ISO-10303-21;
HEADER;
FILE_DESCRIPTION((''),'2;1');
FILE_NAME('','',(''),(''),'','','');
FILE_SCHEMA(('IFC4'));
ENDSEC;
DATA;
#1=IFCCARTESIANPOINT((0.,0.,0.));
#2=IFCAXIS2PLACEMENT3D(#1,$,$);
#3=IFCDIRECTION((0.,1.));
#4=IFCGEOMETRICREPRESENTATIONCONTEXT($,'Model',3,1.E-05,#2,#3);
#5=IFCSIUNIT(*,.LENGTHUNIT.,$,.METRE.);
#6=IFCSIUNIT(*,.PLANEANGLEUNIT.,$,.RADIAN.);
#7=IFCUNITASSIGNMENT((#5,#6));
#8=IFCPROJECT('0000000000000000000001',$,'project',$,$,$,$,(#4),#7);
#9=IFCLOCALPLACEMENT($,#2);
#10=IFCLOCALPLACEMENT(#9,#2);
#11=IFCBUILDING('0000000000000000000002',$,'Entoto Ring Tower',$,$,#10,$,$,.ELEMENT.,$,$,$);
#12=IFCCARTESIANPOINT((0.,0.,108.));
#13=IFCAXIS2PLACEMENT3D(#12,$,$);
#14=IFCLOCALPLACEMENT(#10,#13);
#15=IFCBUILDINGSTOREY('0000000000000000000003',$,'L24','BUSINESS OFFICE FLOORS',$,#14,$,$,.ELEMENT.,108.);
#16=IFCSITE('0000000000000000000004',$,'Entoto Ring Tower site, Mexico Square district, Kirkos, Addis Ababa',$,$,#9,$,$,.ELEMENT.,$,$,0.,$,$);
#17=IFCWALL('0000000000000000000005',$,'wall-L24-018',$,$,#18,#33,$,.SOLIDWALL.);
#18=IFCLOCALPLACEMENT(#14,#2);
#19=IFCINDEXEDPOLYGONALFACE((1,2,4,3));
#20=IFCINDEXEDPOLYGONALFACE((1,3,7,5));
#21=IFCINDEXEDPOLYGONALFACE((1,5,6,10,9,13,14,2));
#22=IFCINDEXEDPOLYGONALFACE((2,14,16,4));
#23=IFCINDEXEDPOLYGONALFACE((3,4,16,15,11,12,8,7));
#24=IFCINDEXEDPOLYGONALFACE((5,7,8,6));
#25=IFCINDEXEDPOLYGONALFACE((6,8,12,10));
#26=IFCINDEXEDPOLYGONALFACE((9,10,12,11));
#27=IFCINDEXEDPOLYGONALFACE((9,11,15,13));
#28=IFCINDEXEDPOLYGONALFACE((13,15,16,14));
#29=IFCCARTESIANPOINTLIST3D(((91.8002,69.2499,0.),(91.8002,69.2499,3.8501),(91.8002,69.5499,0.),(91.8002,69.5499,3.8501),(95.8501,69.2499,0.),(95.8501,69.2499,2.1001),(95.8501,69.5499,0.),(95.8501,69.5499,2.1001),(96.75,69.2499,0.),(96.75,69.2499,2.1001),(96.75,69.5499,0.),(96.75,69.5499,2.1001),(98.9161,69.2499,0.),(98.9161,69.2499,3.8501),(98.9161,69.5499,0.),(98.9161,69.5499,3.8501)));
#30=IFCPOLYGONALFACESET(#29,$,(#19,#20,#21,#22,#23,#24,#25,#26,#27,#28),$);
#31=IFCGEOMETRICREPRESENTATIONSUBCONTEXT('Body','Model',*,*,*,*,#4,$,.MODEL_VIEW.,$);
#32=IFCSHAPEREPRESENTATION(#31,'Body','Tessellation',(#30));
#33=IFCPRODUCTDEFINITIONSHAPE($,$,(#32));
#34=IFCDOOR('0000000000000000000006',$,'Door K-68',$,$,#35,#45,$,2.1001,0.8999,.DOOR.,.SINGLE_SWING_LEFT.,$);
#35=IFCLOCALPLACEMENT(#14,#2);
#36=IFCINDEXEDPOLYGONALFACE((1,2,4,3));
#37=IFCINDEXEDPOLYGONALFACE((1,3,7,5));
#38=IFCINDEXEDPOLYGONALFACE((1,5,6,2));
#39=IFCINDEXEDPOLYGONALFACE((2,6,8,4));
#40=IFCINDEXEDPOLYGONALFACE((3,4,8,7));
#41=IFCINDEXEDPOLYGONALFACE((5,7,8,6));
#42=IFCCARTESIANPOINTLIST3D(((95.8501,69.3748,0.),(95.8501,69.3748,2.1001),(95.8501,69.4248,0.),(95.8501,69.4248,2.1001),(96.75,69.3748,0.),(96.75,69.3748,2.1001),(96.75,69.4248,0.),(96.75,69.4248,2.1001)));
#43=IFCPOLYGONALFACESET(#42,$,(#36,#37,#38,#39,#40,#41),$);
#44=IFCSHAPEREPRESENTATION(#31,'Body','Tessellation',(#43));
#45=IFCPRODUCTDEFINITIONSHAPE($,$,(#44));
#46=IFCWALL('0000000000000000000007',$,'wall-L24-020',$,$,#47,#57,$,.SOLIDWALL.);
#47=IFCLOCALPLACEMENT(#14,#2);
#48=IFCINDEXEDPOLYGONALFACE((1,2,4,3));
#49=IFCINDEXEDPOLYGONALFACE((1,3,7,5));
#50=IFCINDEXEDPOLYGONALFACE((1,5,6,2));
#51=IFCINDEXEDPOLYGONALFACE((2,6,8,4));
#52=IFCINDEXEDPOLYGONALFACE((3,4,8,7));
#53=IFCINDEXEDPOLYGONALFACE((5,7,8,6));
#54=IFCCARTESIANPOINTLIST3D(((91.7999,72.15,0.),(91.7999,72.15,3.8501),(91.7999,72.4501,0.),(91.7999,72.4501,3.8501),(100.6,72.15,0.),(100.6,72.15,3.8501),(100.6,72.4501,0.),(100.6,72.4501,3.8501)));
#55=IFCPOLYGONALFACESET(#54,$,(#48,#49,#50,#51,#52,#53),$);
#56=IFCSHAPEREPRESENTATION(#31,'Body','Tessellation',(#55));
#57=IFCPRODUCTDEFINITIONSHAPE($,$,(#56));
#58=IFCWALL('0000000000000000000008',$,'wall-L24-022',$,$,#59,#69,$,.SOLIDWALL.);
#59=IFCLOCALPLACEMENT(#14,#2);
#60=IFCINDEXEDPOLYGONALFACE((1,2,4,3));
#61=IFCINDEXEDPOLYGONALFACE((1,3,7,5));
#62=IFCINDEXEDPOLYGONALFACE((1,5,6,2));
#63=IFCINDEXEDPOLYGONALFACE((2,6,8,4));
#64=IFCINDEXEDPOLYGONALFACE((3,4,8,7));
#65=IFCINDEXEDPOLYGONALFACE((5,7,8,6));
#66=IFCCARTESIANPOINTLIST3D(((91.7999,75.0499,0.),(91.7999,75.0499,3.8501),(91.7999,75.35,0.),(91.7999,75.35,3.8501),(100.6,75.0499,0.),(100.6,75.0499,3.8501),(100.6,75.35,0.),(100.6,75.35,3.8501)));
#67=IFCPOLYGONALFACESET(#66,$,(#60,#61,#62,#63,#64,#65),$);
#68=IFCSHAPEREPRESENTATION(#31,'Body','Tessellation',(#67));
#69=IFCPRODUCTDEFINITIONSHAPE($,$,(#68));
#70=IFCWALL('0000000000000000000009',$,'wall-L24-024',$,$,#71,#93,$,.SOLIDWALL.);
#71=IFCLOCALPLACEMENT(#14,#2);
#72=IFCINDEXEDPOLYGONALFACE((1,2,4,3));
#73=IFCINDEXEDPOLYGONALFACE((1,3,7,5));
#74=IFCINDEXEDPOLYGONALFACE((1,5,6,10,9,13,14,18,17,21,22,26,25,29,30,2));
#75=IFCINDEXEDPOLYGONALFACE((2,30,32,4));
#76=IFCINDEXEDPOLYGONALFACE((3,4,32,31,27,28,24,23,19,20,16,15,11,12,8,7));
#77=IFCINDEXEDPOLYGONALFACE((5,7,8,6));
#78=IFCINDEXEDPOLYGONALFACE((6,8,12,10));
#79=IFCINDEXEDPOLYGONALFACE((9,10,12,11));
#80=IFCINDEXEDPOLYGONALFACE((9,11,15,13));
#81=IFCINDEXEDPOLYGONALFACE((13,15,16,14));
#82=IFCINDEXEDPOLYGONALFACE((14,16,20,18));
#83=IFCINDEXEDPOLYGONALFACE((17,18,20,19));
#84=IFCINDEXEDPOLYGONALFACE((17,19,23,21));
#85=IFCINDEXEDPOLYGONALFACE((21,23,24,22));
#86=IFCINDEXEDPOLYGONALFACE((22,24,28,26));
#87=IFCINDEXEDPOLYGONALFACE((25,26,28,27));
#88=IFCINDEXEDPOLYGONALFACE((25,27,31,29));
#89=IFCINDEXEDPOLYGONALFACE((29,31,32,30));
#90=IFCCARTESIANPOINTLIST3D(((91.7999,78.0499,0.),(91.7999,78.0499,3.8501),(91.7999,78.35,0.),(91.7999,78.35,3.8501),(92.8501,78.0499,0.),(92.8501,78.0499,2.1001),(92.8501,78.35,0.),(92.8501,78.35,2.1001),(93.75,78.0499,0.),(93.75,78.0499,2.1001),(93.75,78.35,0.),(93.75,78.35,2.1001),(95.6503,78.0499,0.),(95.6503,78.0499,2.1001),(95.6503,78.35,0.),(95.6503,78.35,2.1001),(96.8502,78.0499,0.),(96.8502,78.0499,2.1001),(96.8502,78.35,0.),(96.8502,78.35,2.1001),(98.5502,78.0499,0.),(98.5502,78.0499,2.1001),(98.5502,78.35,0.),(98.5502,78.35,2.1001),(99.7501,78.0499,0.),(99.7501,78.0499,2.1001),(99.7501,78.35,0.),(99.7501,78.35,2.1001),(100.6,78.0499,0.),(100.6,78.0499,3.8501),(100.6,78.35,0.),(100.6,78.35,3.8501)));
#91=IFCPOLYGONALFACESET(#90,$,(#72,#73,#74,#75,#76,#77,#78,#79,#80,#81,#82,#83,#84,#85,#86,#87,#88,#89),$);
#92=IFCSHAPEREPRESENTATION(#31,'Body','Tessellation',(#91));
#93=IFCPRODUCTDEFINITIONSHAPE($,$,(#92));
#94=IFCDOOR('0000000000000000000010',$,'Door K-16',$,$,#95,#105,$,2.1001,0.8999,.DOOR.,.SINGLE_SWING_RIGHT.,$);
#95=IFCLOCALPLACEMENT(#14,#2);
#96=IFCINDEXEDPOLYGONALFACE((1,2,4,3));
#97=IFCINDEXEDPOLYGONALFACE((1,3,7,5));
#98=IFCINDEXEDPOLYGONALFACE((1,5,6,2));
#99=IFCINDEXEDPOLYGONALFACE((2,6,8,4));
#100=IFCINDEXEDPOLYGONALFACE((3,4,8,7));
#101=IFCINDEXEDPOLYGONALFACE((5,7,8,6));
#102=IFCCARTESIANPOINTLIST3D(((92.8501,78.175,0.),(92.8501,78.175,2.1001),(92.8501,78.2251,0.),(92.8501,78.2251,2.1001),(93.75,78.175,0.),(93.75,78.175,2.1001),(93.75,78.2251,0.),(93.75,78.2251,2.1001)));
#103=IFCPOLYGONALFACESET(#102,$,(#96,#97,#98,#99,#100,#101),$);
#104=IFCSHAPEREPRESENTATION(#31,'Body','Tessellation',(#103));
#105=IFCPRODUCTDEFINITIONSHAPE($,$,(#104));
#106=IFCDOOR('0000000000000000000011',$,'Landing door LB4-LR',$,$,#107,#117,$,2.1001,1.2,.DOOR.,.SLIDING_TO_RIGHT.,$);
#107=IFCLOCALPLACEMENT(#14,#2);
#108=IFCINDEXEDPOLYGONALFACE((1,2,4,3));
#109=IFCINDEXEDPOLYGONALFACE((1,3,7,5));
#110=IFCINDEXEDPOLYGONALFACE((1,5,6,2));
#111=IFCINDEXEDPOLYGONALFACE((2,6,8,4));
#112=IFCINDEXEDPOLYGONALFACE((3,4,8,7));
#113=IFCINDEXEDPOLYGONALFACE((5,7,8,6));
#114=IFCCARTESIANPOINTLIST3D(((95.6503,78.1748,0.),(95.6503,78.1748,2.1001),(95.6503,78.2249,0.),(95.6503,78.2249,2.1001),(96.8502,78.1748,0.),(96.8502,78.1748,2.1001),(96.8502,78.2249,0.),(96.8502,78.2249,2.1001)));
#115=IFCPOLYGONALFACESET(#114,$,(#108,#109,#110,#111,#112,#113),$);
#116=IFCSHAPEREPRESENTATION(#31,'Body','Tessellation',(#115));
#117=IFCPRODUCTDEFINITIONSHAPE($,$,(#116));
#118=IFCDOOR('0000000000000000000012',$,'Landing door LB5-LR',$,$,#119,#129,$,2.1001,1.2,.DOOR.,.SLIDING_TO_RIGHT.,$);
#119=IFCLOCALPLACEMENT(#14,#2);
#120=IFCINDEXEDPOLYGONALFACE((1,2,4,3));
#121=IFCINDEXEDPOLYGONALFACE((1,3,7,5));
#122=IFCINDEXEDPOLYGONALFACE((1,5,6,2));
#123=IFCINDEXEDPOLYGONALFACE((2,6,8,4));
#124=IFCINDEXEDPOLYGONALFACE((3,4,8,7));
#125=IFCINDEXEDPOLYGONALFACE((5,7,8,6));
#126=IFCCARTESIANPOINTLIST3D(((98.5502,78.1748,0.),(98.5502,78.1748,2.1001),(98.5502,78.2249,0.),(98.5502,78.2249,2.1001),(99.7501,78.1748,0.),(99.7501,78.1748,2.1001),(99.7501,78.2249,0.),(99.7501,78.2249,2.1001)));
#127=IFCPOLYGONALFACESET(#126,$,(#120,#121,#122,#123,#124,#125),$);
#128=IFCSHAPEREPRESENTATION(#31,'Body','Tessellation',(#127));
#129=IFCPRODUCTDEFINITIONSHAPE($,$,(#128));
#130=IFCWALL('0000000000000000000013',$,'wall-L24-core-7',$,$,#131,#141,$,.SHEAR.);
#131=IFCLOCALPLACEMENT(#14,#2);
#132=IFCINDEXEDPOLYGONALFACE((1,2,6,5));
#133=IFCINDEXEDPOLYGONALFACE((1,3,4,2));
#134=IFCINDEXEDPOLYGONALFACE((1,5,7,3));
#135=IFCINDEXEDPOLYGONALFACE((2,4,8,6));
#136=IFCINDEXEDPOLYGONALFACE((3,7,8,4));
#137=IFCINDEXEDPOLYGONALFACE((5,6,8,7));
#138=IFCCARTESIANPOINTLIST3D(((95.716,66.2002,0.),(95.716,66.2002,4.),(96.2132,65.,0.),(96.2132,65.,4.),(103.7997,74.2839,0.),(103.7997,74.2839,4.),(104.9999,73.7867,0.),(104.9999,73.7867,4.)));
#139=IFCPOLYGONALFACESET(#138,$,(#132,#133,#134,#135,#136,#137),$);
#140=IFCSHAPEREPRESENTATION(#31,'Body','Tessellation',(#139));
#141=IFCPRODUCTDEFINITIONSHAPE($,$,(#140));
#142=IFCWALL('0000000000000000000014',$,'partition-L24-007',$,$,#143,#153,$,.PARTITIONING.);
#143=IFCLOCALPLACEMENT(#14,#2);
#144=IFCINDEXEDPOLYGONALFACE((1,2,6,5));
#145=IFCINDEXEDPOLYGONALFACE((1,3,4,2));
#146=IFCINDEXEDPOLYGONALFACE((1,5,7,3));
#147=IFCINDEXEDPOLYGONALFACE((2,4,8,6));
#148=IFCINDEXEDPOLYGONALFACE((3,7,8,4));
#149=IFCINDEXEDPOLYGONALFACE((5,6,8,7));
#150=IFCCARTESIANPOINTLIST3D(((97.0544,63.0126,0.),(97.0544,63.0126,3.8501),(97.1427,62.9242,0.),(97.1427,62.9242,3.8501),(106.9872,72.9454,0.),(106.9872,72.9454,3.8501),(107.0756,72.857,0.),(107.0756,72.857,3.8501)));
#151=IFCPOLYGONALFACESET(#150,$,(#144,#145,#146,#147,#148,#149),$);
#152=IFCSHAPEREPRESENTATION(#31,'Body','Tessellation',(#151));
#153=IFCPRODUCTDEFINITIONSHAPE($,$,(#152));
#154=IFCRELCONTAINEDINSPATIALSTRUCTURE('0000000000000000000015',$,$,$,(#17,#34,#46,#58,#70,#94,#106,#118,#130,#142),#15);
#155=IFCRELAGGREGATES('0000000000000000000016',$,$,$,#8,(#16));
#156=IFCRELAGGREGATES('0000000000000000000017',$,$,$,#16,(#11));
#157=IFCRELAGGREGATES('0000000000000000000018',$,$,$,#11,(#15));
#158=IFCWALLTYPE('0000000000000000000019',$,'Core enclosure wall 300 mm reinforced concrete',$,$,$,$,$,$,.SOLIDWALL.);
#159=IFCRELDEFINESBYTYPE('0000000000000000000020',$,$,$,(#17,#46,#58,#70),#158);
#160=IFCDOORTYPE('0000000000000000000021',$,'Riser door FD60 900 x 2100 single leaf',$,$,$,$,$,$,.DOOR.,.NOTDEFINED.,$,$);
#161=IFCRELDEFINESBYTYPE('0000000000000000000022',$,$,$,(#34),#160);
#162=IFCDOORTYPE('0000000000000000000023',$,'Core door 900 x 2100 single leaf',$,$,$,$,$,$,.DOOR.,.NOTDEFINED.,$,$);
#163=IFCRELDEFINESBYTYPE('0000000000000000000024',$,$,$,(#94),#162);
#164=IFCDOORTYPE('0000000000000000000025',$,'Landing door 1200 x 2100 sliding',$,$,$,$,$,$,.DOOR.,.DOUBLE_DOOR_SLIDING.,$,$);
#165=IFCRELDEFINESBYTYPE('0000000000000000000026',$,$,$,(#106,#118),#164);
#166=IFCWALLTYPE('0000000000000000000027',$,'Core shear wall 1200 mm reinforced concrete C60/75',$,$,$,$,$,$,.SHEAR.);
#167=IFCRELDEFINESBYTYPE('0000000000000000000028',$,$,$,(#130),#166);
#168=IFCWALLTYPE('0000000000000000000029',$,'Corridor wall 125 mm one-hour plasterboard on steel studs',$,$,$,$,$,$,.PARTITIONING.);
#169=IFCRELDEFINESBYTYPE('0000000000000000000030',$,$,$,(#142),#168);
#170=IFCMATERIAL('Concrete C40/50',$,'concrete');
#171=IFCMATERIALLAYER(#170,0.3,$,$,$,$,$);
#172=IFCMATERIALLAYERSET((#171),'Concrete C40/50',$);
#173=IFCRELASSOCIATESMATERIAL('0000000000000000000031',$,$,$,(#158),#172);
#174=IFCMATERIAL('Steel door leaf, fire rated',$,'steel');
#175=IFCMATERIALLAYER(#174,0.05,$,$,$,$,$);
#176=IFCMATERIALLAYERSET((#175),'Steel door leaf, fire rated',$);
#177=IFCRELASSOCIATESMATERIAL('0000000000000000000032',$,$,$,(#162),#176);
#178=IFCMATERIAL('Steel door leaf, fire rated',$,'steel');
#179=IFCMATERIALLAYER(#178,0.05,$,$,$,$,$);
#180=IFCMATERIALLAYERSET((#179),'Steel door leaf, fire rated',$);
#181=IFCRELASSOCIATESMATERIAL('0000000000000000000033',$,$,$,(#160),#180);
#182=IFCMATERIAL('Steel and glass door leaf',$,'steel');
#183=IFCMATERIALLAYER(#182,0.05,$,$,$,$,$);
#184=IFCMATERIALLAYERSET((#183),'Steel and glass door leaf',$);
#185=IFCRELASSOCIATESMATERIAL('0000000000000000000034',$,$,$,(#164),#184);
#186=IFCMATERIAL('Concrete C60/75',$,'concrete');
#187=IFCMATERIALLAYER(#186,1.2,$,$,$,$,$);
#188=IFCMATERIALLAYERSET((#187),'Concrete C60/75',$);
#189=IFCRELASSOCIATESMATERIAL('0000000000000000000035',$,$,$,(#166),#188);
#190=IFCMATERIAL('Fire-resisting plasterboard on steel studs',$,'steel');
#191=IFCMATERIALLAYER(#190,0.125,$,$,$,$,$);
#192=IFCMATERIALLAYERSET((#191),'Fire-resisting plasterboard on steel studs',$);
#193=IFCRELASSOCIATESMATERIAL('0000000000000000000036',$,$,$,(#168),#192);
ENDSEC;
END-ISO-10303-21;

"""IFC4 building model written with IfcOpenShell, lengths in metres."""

from ifc_helpers import new_model, si_unit, direction, frame, frame_2d, origin, place, context, subcontext, project, spatial, polyline, rectangle, outline, extrude, material, layer, layer_set, type_object, element, fill, save


model = new_model("IFC4")

# Units and contexts
model_context = context("Model", 3, precision=1e-05, world=origin(), true_north=direction((0.0, 1.0)))
body_context = subcontext(model_context, "Body", "Model", "MODEL_VIEW")
ifc_project = project(units=[si_unit("LENGTHUNIT", "METRE"), si_unit("PLANEANGLEUNIT", "RADIAN")], contexts=[model_context])

# Site, building, storey
site_placement = place(None, origin())
site = spatial("IfcSite", under=ifc_project, at=site_placement, Name="Entoto Ring Tower site, Mexico Square district, Kirkos, Addis Ababa", CompositionType="ELEMENT", RefElevation=0.0)
building_placement = place(site_placement, origin())
building = spatial("IfcBuilding", under=site, at=building_placement, Name="Entoto Ring Tower", CompositionType="ELEMENT")
storey_placement = place(building_placement, frame((0.0, 0.0, 108.0)))
storey = spatial("IfcBuildingStorey", under=building, at=storey_placement, Name="L24", Description="BUSINESS OFFICE FLOORS", CompositionType="ELEMENT", Elevation=108.0)

# Shared definitions
ifc_material_1 = material(Name="Concrete C40/50", Category="concrete")
ifc_layer_1 = layer(ifc_material_1, 0.3)
ifc_layer_set_1 = layer_set([ifc_layer_1], Name="Concrete C40/50")
wall_type_1 = type_object("IfcWallType", Name="Core enclosure wall 300 mm reinforced concrete", PredefinedType="SOLIDWALL", material=ifc_layer_set_1)

# Shared definitions
ifc_material_2 = material(Name="Steel door leaf, fire rated", Category="steel")
ifc_layer_2 = layer(ifc_material_2, 0.05)
ifc_layer_set_2 = layer_set([ifc_layer_2], Name="Steel door leaf, fire rated")
door_type_1 = type_object("IfcDoorType", Name="Core door 900 x 2100 single leaf", OperationType="NOTDEFINED", PredefinedType="DOOR", material=ifc_layer_set_2)

# Wall, opening, door
wall_1_placement = place(storey_placement, frame((91.8, 69.3999, 0.0), z_axis=(0.0, 0.0, 1.0), x_axis=(1.0, 0.0, 0.0)))
wall_1 = element("IfcWall", 1, at=wall_1_placement, inside=storey, type_object=wall_type_1, Name="wall-L24-018", PredefinedType="SOLIDWALL", context=body_context, shape_type="SweptSolid", body=[
    extrude(rectangle(XDim=7.116, YDim=0.3, at=frame_2d((3.5581, 0.0))), origin(), (0.0, 0.0, 1.0), 3.8501),
])
opening_1_placement = place(wall_1_placement, frame((4.05, 0.0, 0.0)))
opening_1 = element("IfcOpeningElement", 2, at=opening_1_placement, cuts=wall_1, PredefinedType="OPENING", context=body_context, shape_type="SweptSolid", body=[
    extrude(rectangle(XDim=0.8999, YDim=2.1001, at=frame_2d((0.45, 1.05))), frame((0.0, 0.1602, 0.0), z_axis=(0.0, -1.0, 0.0), x_axis=(1.0, 0.0, 0.0)), (0.0, 0.0, 1.0), 0.3201),
])
ifc_material_3 = material(Name="Steel door leaf, fire rated", Category="steel")
ifc_layer_3 = layer(ifc_material_3, 0.05)
ifc_layer_set_3 = layer_set([ifc_layer_3], Name="Steel door leaf, fire rated")
door_type_2 = type_object("IfcDoorType", Name="Riser door FD60 900 x 2100 single leaf", OperationType="NOTDEFINED", PredefinedType="DOOR", material=ifc_layer_set_3)
door_1_placement = place(opening_1_placement, origin())
door_1 = element("IfcDoor", 3, at=door_1_placement, inside=storey, type_object=door_type_2, Name="Door K-68", OperationType="SINGLE_SWING_LEFT", OverallHeight=2.1001, OverallWidth=0.8999, PredefinedType="DOOR", context=body_context, shape_type="SweptSolid", body=[
    extrude(rectangle(XDim=0.8999, YDim=2.1001, at=frame_2d((0.45, 1.05))), frame((0.0, 0.0249, 0.0), z_axis=(0.0, -1.0, 0.0), x_axis=(1.0, 0.0, 0.0)), (0.0, 0.0, 1.0), 0.05),
])
fill(opening_1, door_1)

# Walls
for number, where, z_axis, x_axis, name in (
    (4, (91.8, 72.3, 0.0), (0.0, 0.0, 1.0), (1.0, 0.0, 0.0), "wall-L24-020"),
    (5, (91.8, 75.2, 0.0), (0.0, 0.0, 1.0), (1.0, 0.0, 0.0), "wall-L24-022"),
):
    element("IfcWall", number, at=place(storey_placement, frame(where, z_axis=z_axis, x_axis=x_axis)), inside=storey, type_object=wall_type_1, Name=name, PredefinedType="SOLIDWALL", context=body_context, shape_type="SweptSolid", body=[
        extrude(rectangle(XDim=8.8, YDim=0.3, at=frame_2d((4.3999, 0.0))), origin(), (0.0, 0.0, 1.0), 3.8501),
    ])

# Wall, openings, doors
wall_2_placement = place(storey_placement, frame((91.8, 78.2, 0.0), z_axis=(0.0, 0.0, 1.0), x_axis=(1.0, 0.0, 0.0)))
wall_2 = element("IfcWall", 6, at=wall_2_placement, inside=storey, type_object=wall_type_1, Name="wall-L24-024", PredefinedType="SOLIDWALL", context=body_context, shape_type="SweptSolid", body=[
    extrude(rectangle(XDim=8.8, YDim=0.3, at=frame_2d((4.3999, 0.0))), origin(), (0.0, 0.0, 1.0), 3.8501),
])
opening_2_placement = place(wall_2_placement, frame((3.8501, 0.0, 0.0)))
opening_2 = element("IfcOpeningElement", 7, at=opening_2_placement, cuts=wall_2, PredefinedType="OPENING", context=body_context, shape_type="SweptSolid", body=[
    extrude(rectangle(XDim=1.2, YDim=2.1001, at=frame_2d((0.6001, 1.05))), frame((0.0, 0.1602, 0.0), z_axis=(0.0, -1.0, 0.0), x_axis=(1.0, 0.0, 0.0)), (0.0, 0.0, 1.0), 0.3201),
])
opening_3_placement = place(wall_2_placement, frame((6.75, 0.0, 0.0)))
opening_3 = element("IfcOpeningElement", 8, at=opening_3_placement, cuts=wall_2, PredefinedType="OPENING", context=body_context, shape_type="SweptSolid", body=[
    extrude(rectangle(XDim=1.2, YDim=2.1001, at=frame_2d((0.6001, 1.05))), frame((0.0, 0.1602, 0.0), z_axis=(0.0, -1.0, 0.0), x_axis=(1.0, 0.0, 0.0)), (0.0, 0.0, 1.0), 0.3201),
])
opening_4_placement = place(wall_2_placement, frame((1.05, 0.0, 0.0)))
opening_4 = element("IfcOpeningElement", 9, at=opening_4_placement, cuts=wall_2, PredefinedType="OPENING", context=body_context, shape_type="SweptSolid", body=[
    extrude(rectangle(XDim=0.8999, YDim=2.1001, at=frame_2d((0.45, 1.05))), frame((0.0, 0.1602, 0.0), z_axis=(0.0, -1.0, 0.0), x_axis=(1.0, 0.0, 0.0)), (0.0, 0.0, 1.0), 0.3201),
])
door_2_placement = place(opening_4_placement, frame((0.8999, 0.0, 0.0), z_axis=(0.0, 0.0, 1.0), x_axis=(-1.0, 0.0, 0.0)))
door_2 = element("IfcDoor", 10, at=door_2_placement, inside=storey, type_object=door_type_1, Name="Door K-16", OperationType="SINGLE_SWING_RIGHT", OverallHeight=2.1001, OverallWidth=0.8999, PredefinedType="DOOR", context=body_context, shape_type="SweptSolid", body=[
    extrude(rectangle(XDim=0.8999, YDim=2.1001, at=frame_2d((0.45, 1.05))), frame((0.0, 0.0249, 0.0), z_axis=(0.0, -1.0, 0.0), x_axis=(1.0, 0.0, 0.0)), (0.0, 0.0, 1.0), 0.05),
])
fill(opening_4, door_2)
ifc_material_4 = material(Name="Steel and glass door leaf", Category="steel")
ifc_layer_4 = layer(ifc_material_4, 0.05)
ifc_layer_set_4 = layer_set([ifc_layer_4], Name="Steel and glass door leaf")
door_type_3 = type_object("IfcDoorType", Name="Landing door 1200 x 2100 sliding", OperationType="DOUBLE_DOOR_SLIDING", PredefinedType="DOOR", material=ifc_layer_set_4)
door_3_placement = place(opening_2_placement, origin())
door_3 = element("IfcDoor", 11, at=door_3_placement, inside=storey, type_object=door_type_3, Name="Landing door LB4-LR", OperationType="SLIDING_TO_RIGHT", OverallHeight=2.1001, OverallWidth=1.2, PredefinedType="DOOR", context=body_context, shape_type="SweptSolid", body=[
    extrude(rectangle(XDim=1.2, YDim=2.1001, at=frame_2d((0.6001, 1.05))), frame((0.0, 0.0249, 0.0), z_axis=(0.0, -1.0, 0.0), x_axis=(1.0, 0.0, 0.0)), (0.0, 0.0, 1.0), 0.05),
])
fill(opening_2, door_3)
door_4_placement = place(opening_3_placement, origin())
door_4 = element("IfcDoor", 12, at=door_4_placement, inside=storey, type_object=door_type_3, Name="Landing door LB5-LR", OperationType="SLIDING_TO_RIGHT", OverallHeight=2.1001, OverallWidth=1.2, PredefinedType="DOOR", context=body_context, shape_type="SweptSolid", body=[
    extrude(rectangle(XDim=1.2, YDim=2.1001, at=frame_2d((0.6001, 1.05))), frame((0.0, 0.0249, 0.0), z_axis=(0.0, -1.0, 0.0), x_axis=(1.0, 0.0, 0.0)), (0.0, 0.0, 1.0), 0.05),
])
fill(opening_3, door_4)

# Walls
ifc_material_5 = material(Name="Concrete C60/75", Category="concrete")
ifc_layer_5 = layer(ifc_material_5, 1.2)
ifc_layer_set_5 = layer_set([ifc_layer_5], Name="Concrete C60/75")
wall_type_2 = type_object("IfcWallType", Name="Core shear wall 1200 mm reinforced concrete C60/75", PredefinedType="SHEAR", material=ifc_layer_set_5)
wall_3_placement = place(storey_placement, frame((95.9646, 65.6001, 0.0), z_axis=(0.0, 0.0, 1.0), x_axis=(0.707107, 0.707107, 0.0)))
element("IfcWall", 13, at=wall_3_placement, inside=storey, type_object=wall_type_2, Name="wall-L24-core-7", PredefinedType="SHEAR", context=body_context, shape_type="SweptSolid", body=[
    extrude(outline(polyline([(-0.2485, -0.6001), (12.1777, -0.6001), (11.6807, 0.6001), (0.2485, 0.6001), (-0.2485, -0.6001)])), origin(), (0.0, 0.0, 1.0), 4.0),
])
ifc_material_6 = material(Name="Fire-resisting plasterboard on steel studs", Category="steel")
ifc_layer_6 = layer(ifc_material_6, 0.125)
ifc_layer_set_6 = layer_set([ifc_layer_6], Name="Fire-resisting plasterboard on steel studs")
wall_type_3 = type_object("IfcWallType", Name="Corridor wall 125 mm one-hour plasterboard on steel studs", PredefinedType="PARTITIONING", material=ifc_layer_set_6)
wall_4_placement = place(storey_placement, frame((97.0986, 62.9685, 0.0), z_axis=(0.0, 0.0, 1.0), x_axis=(0.707107, 0.707107, 0.0)))
element("IfcWall", 14, at=wall_4_placement, inside=storey, type_object=wall_type_3, Name="partition-L24-007", PredefinedType="PARTITIONING", context=body_context, shape_type="SweptSolid", body=[
    extrude(rectangle(XDim=14.0471, YDim=0.125, at=frame_2d((7.0234, 0.0))), origin(), (0.0, 0.0, 1.0), 3.8501),
])

save(model, "model.ifc")
